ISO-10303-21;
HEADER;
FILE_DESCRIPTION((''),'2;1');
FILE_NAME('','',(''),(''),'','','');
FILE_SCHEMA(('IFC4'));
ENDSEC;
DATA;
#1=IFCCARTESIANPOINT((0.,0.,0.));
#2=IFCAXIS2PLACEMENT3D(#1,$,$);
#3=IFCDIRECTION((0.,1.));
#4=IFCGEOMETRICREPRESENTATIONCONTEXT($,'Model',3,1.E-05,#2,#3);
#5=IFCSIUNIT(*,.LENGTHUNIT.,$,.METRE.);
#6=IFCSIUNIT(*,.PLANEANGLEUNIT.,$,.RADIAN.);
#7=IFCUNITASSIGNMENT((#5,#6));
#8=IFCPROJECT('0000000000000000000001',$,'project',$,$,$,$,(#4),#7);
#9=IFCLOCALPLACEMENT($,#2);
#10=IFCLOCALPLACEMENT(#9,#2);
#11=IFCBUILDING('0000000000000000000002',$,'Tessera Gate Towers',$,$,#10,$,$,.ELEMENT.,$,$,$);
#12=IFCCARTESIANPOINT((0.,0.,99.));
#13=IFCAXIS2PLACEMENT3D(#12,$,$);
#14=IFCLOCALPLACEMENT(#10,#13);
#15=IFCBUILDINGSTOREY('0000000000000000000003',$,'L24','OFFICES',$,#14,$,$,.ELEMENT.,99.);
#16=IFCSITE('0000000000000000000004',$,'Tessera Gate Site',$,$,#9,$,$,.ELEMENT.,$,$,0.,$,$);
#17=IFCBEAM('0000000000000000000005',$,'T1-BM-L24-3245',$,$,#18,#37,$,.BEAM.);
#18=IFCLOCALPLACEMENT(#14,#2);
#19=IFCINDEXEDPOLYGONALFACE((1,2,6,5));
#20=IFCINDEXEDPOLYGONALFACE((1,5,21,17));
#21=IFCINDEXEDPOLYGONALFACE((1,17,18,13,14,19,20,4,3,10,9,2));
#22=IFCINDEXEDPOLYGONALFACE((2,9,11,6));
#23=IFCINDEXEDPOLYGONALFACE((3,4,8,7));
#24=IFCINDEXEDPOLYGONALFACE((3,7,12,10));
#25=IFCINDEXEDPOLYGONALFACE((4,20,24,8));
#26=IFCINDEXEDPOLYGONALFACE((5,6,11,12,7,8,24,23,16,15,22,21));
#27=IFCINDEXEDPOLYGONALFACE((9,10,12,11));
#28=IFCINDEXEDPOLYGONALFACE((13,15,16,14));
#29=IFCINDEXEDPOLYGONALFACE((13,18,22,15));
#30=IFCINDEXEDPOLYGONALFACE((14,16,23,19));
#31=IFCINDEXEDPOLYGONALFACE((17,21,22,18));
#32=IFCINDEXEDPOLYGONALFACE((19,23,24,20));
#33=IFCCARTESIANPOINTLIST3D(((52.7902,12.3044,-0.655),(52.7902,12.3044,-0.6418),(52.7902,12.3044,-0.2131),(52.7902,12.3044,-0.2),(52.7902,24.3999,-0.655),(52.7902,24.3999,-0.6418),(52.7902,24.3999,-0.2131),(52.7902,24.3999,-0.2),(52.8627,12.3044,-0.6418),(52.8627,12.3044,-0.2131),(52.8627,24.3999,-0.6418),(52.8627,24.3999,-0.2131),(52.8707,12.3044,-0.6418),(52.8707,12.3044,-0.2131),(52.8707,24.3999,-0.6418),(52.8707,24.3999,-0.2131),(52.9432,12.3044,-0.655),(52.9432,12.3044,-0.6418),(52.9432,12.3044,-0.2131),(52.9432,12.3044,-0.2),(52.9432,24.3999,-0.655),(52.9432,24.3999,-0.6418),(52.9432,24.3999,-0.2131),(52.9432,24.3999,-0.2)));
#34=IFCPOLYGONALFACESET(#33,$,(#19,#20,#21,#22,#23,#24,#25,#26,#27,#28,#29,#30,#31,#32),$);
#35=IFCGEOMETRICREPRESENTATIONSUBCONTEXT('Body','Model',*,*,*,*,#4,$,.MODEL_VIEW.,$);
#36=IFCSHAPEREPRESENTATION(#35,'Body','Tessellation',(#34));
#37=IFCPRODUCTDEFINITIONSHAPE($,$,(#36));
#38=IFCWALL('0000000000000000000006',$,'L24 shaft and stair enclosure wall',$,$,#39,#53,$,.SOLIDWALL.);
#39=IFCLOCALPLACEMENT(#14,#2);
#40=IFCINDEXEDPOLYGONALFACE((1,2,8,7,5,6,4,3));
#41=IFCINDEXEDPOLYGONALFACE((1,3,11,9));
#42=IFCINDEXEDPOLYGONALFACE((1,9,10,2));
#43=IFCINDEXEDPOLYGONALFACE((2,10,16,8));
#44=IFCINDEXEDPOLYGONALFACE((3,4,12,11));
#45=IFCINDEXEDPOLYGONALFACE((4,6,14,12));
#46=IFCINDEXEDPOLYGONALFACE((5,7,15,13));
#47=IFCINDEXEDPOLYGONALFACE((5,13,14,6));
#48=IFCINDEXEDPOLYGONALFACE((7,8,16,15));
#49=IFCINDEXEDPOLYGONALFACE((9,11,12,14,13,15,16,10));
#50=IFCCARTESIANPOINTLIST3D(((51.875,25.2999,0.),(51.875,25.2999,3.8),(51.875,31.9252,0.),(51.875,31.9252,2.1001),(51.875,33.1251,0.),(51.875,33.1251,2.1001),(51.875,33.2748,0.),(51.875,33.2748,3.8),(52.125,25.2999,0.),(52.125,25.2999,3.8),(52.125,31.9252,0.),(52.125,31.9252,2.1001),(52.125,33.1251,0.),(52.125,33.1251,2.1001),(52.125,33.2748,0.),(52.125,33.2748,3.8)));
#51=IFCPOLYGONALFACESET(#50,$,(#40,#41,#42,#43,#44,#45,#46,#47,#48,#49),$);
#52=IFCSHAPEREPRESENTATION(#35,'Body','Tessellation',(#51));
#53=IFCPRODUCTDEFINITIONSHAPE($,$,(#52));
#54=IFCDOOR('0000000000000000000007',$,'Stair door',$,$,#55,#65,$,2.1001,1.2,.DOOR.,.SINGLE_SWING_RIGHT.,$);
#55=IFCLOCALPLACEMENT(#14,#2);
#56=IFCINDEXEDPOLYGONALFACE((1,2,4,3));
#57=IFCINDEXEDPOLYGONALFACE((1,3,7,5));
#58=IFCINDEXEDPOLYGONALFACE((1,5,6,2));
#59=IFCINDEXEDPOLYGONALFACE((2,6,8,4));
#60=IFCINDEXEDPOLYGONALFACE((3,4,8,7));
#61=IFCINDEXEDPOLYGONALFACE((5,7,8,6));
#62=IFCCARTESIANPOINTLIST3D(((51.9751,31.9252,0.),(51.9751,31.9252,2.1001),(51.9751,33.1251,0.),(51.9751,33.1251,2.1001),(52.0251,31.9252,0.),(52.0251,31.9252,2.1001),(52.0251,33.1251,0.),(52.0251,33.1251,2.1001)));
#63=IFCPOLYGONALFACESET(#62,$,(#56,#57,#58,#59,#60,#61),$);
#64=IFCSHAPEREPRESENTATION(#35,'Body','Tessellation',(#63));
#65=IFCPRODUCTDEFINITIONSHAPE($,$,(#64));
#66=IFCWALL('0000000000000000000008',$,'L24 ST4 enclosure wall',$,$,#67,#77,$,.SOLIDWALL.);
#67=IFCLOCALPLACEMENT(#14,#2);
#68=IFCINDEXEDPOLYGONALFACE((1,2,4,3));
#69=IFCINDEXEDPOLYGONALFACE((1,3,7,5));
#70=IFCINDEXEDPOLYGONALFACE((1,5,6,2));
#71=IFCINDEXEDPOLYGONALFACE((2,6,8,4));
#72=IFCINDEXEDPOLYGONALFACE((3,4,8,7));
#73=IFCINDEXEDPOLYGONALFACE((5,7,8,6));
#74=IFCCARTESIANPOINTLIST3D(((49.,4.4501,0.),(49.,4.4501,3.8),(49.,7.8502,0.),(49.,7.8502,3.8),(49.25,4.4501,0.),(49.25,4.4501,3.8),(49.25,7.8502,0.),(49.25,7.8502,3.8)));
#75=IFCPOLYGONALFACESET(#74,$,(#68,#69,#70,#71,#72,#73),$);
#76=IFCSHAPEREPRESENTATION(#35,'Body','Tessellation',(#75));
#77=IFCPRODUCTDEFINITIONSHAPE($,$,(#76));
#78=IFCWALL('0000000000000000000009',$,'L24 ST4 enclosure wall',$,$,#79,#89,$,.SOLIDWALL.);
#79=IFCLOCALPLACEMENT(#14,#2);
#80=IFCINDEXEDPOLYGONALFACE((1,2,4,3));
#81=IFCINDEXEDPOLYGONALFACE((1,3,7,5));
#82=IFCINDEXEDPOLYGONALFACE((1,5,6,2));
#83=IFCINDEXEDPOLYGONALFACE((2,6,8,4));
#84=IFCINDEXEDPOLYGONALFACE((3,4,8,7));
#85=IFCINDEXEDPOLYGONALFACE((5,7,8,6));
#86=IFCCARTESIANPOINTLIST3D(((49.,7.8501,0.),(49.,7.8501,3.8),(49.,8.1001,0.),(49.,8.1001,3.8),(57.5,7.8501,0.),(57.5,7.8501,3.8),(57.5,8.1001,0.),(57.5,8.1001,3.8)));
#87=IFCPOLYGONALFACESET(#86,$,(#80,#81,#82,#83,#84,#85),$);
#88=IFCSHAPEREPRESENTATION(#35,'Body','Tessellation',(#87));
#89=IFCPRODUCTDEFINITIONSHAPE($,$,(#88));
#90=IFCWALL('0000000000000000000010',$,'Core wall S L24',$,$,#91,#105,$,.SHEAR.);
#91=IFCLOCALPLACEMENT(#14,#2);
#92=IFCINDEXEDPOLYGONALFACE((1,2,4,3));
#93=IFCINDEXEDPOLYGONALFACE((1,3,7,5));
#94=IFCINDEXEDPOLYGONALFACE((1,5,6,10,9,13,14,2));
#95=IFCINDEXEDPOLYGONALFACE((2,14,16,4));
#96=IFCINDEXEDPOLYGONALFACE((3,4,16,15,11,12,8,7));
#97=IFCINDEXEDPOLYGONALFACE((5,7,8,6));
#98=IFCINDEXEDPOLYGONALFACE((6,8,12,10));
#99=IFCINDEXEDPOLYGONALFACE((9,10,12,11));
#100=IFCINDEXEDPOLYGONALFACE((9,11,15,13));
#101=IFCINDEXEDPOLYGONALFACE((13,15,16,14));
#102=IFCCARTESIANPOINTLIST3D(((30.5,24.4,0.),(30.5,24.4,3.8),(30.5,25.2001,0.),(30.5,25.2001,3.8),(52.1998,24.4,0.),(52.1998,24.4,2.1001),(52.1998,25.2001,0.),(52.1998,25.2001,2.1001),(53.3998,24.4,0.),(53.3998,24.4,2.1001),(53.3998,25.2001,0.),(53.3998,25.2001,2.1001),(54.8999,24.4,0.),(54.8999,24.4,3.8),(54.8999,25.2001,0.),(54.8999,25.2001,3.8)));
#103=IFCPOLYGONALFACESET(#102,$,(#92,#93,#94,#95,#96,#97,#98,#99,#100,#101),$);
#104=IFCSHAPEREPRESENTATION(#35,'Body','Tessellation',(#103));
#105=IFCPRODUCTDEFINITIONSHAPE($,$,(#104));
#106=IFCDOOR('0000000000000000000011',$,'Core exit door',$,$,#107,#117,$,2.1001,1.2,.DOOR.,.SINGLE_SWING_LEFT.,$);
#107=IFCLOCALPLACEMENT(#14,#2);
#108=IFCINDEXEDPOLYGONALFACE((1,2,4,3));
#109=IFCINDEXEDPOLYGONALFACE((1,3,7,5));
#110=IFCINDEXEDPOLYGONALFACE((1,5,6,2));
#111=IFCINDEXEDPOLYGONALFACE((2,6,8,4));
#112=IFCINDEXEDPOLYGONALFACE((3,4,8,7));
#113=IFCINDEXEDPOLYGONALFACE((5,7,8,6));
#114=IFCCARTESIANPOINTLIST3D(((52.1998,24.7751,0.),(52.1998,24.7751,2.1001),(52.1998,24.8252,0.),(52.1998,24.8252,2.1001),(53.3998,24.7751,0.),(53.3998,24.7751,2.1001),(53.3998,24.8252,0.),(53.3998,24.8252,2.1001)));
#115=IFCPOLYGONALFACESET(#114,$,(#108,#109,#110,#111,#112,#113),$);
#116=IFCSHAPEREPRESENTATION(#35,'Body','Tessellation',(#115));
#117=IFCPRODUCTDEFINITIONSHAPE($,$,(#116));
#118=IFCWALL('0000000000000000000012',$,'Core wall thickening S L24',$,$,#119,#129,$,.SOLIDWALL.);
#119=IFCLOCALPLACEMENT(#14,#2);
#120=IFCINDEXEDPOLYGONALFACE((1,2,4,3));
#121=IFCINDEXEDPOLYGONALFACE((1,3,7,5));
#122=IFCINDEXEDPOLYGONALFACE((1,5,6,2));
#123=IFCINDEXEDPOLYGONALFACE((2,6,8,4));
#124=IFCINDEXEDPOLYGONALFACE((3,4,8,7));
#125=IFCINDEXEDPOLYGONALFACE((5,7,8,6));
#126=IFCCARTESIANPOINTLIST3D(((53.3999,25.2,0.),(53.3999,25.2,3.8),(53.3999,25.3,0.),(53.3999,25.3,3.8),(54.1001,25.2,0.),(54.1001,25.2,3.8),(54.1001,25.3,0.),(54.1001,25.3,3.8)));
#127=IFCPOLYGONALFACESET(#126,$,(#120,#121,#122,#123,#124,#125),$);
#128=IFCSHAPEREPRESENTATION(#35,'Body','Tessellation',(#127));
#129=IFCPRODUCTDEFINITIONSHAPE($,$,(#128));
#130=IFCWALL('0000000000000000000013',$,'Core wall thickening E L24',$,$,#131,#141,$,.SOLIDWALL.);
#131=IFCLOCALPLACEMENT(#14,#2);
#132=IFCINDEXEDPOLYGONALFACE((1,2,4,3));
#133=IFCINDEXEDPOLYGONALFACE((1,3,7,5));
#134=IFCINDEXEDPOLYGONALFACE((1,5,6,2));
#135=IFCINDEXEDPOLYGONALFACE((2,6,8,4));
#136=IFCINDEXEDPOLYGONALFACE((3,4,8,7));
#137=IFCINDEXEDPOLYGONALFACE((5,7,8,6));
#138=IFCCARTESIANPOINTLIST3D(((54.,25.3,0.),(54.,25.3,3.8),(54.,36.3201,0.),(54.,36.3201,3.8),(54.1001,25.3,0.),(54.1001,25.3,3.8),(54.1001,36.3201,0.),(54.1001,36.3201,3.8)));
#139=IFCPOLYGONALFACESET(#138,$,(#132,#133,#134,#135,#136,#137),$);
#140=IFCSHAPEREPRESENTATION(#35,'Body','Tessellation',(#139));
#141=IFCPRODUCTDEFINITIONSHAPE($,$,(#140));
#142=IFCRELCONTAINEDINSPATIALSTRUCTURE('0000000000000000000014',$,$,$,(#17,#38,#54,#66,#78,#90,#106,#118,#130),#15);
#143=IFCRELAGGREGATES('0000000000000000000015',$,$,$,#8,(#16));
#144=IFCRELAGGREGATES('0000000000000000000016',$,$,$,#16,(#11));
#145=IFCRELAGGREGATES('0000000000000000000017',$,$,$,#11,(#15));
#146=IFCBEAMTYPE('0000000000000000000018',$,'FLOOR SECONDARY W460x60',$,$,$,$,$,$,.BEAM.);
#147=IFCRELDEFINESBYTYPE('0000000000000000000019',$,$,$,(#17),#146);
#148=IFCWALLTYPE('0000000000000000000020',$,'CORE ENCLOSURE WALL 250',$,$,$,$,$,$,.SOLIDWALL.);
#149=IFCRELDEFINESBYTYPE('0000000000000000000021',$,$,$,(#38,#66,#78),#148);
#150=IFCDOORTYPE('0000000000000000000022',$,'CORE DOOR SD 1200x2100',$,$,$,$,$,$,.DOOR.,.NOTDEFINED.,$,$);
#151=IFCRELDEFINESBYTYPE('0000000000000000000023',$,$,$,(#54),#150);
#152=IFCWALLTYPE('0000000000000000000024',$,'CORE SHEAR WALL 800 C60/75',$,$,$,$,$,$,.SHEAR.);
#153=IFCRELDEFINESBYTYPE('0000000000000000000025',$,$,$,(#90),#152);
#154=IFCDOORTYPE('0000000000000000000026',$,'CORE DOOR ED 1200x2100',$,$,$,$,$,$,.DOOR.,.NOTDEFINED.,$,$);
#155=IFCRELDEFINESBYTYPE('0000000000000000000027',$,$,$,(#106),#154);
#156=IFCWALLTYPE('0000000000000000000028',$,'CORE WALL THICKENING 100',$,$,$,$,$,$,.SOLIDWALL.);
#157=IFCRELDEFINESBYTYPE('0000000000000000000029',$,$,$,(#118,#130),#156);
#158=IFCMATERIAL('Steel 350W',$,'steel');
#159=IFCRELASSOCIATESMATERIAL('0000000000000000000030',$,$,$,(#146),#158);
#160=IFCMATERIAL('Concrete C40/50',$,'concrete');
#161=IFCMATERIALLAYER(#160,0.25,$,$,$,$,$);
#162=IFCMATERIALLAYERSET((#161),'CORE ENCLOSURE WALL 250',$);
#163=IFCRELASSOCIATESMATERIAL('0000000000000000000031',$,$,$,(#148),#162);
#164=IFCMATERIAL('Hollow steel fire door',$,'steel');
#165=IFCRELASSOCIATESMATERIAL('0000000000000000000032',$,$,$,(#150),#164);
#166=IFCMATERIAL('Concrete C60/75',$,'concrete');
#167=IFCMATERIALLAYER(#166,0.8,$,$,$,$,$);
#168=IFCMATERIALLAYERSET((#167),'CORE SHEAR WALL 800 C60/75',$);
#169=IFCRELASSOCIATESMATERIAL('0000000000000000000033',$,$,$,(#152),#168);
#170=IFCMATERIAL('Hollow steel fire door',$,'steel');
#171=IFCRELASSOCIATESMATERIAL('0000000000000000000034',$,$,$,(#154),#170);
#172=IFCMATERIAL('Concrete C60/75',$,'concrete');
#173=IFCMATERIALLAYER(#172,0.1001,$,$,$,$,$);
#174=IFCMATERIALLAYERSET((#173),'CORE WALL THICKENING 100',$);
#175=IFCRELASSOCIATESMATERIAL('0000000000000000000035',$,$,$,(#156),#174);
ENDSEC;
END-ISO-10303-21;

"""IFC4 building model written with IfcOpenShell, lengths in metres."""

from ifc_helpers import new_model, si_unit, direction, frame, frame_2d, origin, origin_2d, place, context, subcontext, project, spatial, rectangle, i_section, extrude, source, transform, mapped, material, layer, layer_set, material_profile, profile_set, type_object, element, fill, save


model = new_model("IFC4")

# Units and contexts
model_context = context("Model", 3, precision=1e-05, world=origin(), true_north=direction((0.0, 1.0)))
body_context = subcontext(model_context, "Body", "Model", "MODEL_VIEW")
ifc_project = project(units=[si_unit("LENGTHUNIT", "METRE"), si_unit("PLANEANGLEUNIT", "RADIAN")], contexts=[model_context])

# Site, building, storey
site_placement = place(None, origin())
site = spatial("IfcSite", under=ifc_project, at=site_placement, Name="Tessera Gate Site", CompositionType="ELEMENT", RefElevation=0.0)
building_placement = place(site_placement, origin())
building = spatial("IfcBuilding", under=site, at=building_placement, Name="Tessera Gate Towers", CompositionType="ELEMENT")
storey_placement = place(building_placement, frame((0.0, 0.0, 99.0)))
storey = spatial("IfcBuildingStorey", under=building, at=storey_placement, Name="L24", Description="OFFICES", CompositionType="ELEMENT", Elevation=99.0)

# Beam
ifc_material_1 = material(Name="Steel 350W", Category="steel")
ifc_material_profile_1 = material_profile(ifc_material_1, i_section(OverallWidth=0.1531, OverallDepth=0.4551, WebThickness=0.0081, FlangeThickness=0.0132, at=origin_2d()), Name="W460x60")
ifc_profile_set_1 = profile_set([ifc_material_profile_1], Name="Steel 350W")
beam_type_1 = type_object("IfcBeamType", Name="FLOOR SECONDARY W460x60", PredefinedType="BEAM", material=ifc_profile_set_1)
beam_1_placement = place(storey_placement, frame((52.8667, 12.3044, -0.4275), z_axis=(0.0, 1.0, 0.0), x_axis=(-1.0, 0.0, 0.0)))
element("IfcBeam", 1, at=beam_1_placement, inside=storey, type_object=beam_type_1, Name="T1-BM-L24-3245", PredefinedType="BEAM", context=body_context, shape_type="SweptSolid", body=[
    extrude(i_section(OverallWidth=0.1531, OverallDepth=0.4551, WebThickness=0.0081, FlangeThickness=0.0132, at=origin_2d()), origin(), (0.0, 0.0, 1.0), 12.0955),
])

# Wall, opening, door
ifc_material_2 = material(Name="Concrete C40/50", Category="concrete")
ifc_layer_1 = layer(ifc_material_2, 0.25)
ifc_layer_set_1 = layer_set([ifc_layer_1], Name="CORE ENCLOSURE WALL 250")
wall_type_1 = type_object("IfcWallType", Name="CORE ENCLOSURE WALL 250", PredefinedType="SOLIDWALL", material=ifc_layer_set_1)
wall_1_placement = place(storey_placement, frame((52.0, 25.3, 0.0), z_axis=(0.0, 0.0, 1.0), x_axis=(0.0, 1.0, 0.0)))
wall_1 = element("IfcWall", 2, at=wall_1_placement, inside=storey, type_object=wall_type_1, Name="L24 shaft and stair enclosure wall", PredefinedType="SOLIDWALL", context=body_context, shape_type="SweptSolid", body=[
    extrude(rectangle(XDim=7.9749, YDim=0.25, at=frame_2d((3.9873, 0.0))), origin(), (0.0, 0.0, 1.0), 3.8),
])
shared_shape_1 = source(origin(), body_context, "Body", "SweptSolid", [
    extrude(rectangle(XDim=1.2, YDim=2.1001, at=frame_2d((0.6001, 1.05))), frame((0.0, 0.135, 0.0), z_axis=(0.0, -1.0, 0.0), x_axis=(1.0, 0.0, 0.0)), (0.0, 0.0, 1.0), 0.27),
])
opening_1_placement = place(wall_1_placement, frame((6.625, 0.0, 0.0)))
opening_1 = element("IfcOpeningElement", 3, at=opening_1_placement, cuts=wall_1, PredefinedType="OPENING", context=body_context, shape_type="MappedRepresentation", body=[
    mapped(shared_shape_1, transform((0.0, 0.0, 0.0), scale=1.0)),
])
ifc_material_3 = material(Name="Hollow steel fire door", Category="steel")
door_type_1 = type_object("IfcDoorType", Name="CORE DOOR SD 1200x2100", OperationType="NOTDEFINED", PredefinedType="DOOR", material=ifc_material_3)
shared_shape_2 = source(origin(), body_context, "Body", "SweptSolid", [
    extrude(rectangle(XDim=1.2, YDim=2.1001, at=frame_2d((0.6001, 1.05))), frame((0.0, 0.0249, 0.0), z_axis=(0.0, -1.0, 0.0), x_axis=(1.0, 0.0, 0.0)), (0.0, 0.0, 1.0), 0.05),
])
door_1_placement = place(opening_1_placement, origin())
door_1 = element("IfcDoor", 4, at=door_1_placement, inside=storey, type_object=door_type_1, Name="Stair door", OperationType="SINGLE_SWING_RIGHT", OverallHeight=2.1001, OverallWidth=1.2, PredefinedType="DOOR", context=body_context, shape_type="MappedRepresentation", body=[
    mapped(shared_shape_2, transform((0.0, 0.0, 0.0), scale=1.0)),
])
fill(opening_1, door_1)

# Walls
wall_2_placement = place(storey_placement, frame((49.125, 4.45, 0.0), z_axis=(0.0, 0.0, 1.0), x_axis=(0.0, 1.0, 0.0)))
element("IfcWall", 5, at=wall_2_placement, inside=storey, type_object=wall_type_1, Name="L24 ST4 enclosure wall", PredefinedType="SOLIDWALL", context=body_context, shape_type="SweptSolid", body=[
    extrude(rectangle(XDim=3.4001, YDim=0.25, at=frame_2d((1.7002, 0.0))), origin(), (0.0, 0.0, 1.0), 3.8),
])
wall_3_placement = place(storey_placement, frame((49.0, 7.9751, 0.0), z_axis=(0.0, 0.0, 1.0), x_axis=(1.0, 0.0, 0.0)))
element("IfcWall", 6, at=wall_3_placement, inside=storey, type_object=wall_type_1, Name="L24 ST4 enclosure wall", PredefinedType="SOLIDWALL", context=body_context, shape_type="SweptSolid", body=[
    extrude(rectangle(XDim=8.5, YDim=0.25, at=frame_2d((4.25, 0.0))), origin(), (0.0, 0.0, 1.0), 3.8),
])

# Wall, opening, door
ifc_material_4 = material(Name="Concrete C60/75", Category="concrete")
ifc_layer_2 = layer(ifc_material_4, 0.8)
ifc_layer_set_2 = layer_set([ifc_layer_2], Name="CORE SHEAR WALL 800 C60/75")
wall_type_2 = type_object("IfcWallType", Name="CORE SHEAR WALL 800 C60/75", PredefinedType="SHEAR", material=ifc_layer_set_2)
wall_4_placement = place(storey_placement, frame((54.8999, 24.8, 0.0), z_axis=(0.0, 0.0, 1.0), x_axis=(-1.0, 0.0, 0.0)))
wall_4 = element("IfcWall", 7, at=wall_4_placement, inside=storey, type_object=wall_type_2, Name="Core wall S L24", PredefinedType="SHEAR", context=body_context, shape_type="SweptSolid", body=[
    extrude(rectangle(XDim=24.3999, YDim=0.8, at=frame_2d((12.2, 0.0))), origin(), (0.0, 0.0, 1.0), 3.8),
])
shared_shape_3 = source(origin(), body_context, "Body", "SweptSolid", [
    extrude(rectangle(XDim=1.2, YDim=2.1001, at=frame_2d((0.6001, 1.05))), frame((0.0, 0.4099, 0.0), z_axis=(0.0, -1.0, 0.0), x_axis=(1.0, 0.0, 0.0)), (0.0, 0.0, 1.0), 0.8201),
])
opening_2_placement = place(wall_4_placement, frame((1.5, 0.0, 0.0)))
opening_2 = element("IfcOpeningElement", 8, at=opening_2_placement, cuts=wall_4, PredefinedType="OPENING", context=body_context, shape_type="MappedRepresentation", body=[
    mapped(shared_shape_3, transform((0.0, 0.0, 0.0), scale=1.0)),
])
ifc_material_5 = material(Name="Hollow steel fire door", Category="steel")
door_type_2 = type_object("IfcDoorType", Name="CORE DOOR ED 1200x2100", OperationType="NOTDEFINED", PredefinedType="DOOR", material=ifc_material_5)
door_2_placement = place(opening_2_placement, origin())
door_2 = element("IfcDoor", 9, at=door_2_placement, inside=storey, type_object=door_type_2, Name="Core exit door", OperationType="SINGLE_SWING_LEFT", OverallHeight=2.1001, OverallWidth=1.2, PredefinedType="DOOR", context=body_context, shape_type="MappedRepresentation", body=[
    mapped(shared_shape_2, transform((0.0, 0.0, 0.0), scale=1.0)),
])
fill(opening_2, door_2)

# Walls
ifc_material_6 = material(Name="Concrete C60/75", Category="concrete")
ifc_layer_3 = layer(ifc_material_6, 0.1001)
ifc_layer_set_3 = layer_set([ifc_layer_3], Name="CORE WALL THICKENING 100")
wall_type_3 = type_object("IfcWallType", Name="CORE WALL THICKENING 100", PredefinedType="SOLIDWALL", material=ifc_layer_set_3)
wall_5_placement = place(storey_placement, frame((53.3999, 25.25, 0.0), z_axis=(0.0, 0.0, 1.0), x_axis=(1.0, 0.0, 0.0)))
element("IfcWall", 10, at=wall_5_placement, inside=storey, type_object=wall_type_3, Name="Core wall thickening S L24", PredefinedType="SOLIDWALL", context=body_context, shape_type="SweptSolid", body=[
    extrude(rectangle(XDim=0.7002, YDim=0.1001, at=frame_2d((0.3501, 0.0))), origin(), (0.0, 0.0, 1.0), 3.8),
])
wall_6_placement = place(storey_placement, frame((54.05, 25.3, 0.0), z_axis=(0.0, 0.0, 1.0), x_axis=(0.0, 1.0, 0.0)))
element("IfcWall", 11, at=wall_6_placement, inside=storey, type_object=wall_type_3, Name="Core wall thickening E L24", PredefinedType="SOLIDWALL", context=body_context, shape_type="SweptSolid", body=[
    extrude(rectangle(XDim=11.02, YDim=0.1001, at=frame_2d((5.51, 0.0))), origin(), (0.0, 0.0, 1.0), 3.8),
])

save(model, "model.ifc")
